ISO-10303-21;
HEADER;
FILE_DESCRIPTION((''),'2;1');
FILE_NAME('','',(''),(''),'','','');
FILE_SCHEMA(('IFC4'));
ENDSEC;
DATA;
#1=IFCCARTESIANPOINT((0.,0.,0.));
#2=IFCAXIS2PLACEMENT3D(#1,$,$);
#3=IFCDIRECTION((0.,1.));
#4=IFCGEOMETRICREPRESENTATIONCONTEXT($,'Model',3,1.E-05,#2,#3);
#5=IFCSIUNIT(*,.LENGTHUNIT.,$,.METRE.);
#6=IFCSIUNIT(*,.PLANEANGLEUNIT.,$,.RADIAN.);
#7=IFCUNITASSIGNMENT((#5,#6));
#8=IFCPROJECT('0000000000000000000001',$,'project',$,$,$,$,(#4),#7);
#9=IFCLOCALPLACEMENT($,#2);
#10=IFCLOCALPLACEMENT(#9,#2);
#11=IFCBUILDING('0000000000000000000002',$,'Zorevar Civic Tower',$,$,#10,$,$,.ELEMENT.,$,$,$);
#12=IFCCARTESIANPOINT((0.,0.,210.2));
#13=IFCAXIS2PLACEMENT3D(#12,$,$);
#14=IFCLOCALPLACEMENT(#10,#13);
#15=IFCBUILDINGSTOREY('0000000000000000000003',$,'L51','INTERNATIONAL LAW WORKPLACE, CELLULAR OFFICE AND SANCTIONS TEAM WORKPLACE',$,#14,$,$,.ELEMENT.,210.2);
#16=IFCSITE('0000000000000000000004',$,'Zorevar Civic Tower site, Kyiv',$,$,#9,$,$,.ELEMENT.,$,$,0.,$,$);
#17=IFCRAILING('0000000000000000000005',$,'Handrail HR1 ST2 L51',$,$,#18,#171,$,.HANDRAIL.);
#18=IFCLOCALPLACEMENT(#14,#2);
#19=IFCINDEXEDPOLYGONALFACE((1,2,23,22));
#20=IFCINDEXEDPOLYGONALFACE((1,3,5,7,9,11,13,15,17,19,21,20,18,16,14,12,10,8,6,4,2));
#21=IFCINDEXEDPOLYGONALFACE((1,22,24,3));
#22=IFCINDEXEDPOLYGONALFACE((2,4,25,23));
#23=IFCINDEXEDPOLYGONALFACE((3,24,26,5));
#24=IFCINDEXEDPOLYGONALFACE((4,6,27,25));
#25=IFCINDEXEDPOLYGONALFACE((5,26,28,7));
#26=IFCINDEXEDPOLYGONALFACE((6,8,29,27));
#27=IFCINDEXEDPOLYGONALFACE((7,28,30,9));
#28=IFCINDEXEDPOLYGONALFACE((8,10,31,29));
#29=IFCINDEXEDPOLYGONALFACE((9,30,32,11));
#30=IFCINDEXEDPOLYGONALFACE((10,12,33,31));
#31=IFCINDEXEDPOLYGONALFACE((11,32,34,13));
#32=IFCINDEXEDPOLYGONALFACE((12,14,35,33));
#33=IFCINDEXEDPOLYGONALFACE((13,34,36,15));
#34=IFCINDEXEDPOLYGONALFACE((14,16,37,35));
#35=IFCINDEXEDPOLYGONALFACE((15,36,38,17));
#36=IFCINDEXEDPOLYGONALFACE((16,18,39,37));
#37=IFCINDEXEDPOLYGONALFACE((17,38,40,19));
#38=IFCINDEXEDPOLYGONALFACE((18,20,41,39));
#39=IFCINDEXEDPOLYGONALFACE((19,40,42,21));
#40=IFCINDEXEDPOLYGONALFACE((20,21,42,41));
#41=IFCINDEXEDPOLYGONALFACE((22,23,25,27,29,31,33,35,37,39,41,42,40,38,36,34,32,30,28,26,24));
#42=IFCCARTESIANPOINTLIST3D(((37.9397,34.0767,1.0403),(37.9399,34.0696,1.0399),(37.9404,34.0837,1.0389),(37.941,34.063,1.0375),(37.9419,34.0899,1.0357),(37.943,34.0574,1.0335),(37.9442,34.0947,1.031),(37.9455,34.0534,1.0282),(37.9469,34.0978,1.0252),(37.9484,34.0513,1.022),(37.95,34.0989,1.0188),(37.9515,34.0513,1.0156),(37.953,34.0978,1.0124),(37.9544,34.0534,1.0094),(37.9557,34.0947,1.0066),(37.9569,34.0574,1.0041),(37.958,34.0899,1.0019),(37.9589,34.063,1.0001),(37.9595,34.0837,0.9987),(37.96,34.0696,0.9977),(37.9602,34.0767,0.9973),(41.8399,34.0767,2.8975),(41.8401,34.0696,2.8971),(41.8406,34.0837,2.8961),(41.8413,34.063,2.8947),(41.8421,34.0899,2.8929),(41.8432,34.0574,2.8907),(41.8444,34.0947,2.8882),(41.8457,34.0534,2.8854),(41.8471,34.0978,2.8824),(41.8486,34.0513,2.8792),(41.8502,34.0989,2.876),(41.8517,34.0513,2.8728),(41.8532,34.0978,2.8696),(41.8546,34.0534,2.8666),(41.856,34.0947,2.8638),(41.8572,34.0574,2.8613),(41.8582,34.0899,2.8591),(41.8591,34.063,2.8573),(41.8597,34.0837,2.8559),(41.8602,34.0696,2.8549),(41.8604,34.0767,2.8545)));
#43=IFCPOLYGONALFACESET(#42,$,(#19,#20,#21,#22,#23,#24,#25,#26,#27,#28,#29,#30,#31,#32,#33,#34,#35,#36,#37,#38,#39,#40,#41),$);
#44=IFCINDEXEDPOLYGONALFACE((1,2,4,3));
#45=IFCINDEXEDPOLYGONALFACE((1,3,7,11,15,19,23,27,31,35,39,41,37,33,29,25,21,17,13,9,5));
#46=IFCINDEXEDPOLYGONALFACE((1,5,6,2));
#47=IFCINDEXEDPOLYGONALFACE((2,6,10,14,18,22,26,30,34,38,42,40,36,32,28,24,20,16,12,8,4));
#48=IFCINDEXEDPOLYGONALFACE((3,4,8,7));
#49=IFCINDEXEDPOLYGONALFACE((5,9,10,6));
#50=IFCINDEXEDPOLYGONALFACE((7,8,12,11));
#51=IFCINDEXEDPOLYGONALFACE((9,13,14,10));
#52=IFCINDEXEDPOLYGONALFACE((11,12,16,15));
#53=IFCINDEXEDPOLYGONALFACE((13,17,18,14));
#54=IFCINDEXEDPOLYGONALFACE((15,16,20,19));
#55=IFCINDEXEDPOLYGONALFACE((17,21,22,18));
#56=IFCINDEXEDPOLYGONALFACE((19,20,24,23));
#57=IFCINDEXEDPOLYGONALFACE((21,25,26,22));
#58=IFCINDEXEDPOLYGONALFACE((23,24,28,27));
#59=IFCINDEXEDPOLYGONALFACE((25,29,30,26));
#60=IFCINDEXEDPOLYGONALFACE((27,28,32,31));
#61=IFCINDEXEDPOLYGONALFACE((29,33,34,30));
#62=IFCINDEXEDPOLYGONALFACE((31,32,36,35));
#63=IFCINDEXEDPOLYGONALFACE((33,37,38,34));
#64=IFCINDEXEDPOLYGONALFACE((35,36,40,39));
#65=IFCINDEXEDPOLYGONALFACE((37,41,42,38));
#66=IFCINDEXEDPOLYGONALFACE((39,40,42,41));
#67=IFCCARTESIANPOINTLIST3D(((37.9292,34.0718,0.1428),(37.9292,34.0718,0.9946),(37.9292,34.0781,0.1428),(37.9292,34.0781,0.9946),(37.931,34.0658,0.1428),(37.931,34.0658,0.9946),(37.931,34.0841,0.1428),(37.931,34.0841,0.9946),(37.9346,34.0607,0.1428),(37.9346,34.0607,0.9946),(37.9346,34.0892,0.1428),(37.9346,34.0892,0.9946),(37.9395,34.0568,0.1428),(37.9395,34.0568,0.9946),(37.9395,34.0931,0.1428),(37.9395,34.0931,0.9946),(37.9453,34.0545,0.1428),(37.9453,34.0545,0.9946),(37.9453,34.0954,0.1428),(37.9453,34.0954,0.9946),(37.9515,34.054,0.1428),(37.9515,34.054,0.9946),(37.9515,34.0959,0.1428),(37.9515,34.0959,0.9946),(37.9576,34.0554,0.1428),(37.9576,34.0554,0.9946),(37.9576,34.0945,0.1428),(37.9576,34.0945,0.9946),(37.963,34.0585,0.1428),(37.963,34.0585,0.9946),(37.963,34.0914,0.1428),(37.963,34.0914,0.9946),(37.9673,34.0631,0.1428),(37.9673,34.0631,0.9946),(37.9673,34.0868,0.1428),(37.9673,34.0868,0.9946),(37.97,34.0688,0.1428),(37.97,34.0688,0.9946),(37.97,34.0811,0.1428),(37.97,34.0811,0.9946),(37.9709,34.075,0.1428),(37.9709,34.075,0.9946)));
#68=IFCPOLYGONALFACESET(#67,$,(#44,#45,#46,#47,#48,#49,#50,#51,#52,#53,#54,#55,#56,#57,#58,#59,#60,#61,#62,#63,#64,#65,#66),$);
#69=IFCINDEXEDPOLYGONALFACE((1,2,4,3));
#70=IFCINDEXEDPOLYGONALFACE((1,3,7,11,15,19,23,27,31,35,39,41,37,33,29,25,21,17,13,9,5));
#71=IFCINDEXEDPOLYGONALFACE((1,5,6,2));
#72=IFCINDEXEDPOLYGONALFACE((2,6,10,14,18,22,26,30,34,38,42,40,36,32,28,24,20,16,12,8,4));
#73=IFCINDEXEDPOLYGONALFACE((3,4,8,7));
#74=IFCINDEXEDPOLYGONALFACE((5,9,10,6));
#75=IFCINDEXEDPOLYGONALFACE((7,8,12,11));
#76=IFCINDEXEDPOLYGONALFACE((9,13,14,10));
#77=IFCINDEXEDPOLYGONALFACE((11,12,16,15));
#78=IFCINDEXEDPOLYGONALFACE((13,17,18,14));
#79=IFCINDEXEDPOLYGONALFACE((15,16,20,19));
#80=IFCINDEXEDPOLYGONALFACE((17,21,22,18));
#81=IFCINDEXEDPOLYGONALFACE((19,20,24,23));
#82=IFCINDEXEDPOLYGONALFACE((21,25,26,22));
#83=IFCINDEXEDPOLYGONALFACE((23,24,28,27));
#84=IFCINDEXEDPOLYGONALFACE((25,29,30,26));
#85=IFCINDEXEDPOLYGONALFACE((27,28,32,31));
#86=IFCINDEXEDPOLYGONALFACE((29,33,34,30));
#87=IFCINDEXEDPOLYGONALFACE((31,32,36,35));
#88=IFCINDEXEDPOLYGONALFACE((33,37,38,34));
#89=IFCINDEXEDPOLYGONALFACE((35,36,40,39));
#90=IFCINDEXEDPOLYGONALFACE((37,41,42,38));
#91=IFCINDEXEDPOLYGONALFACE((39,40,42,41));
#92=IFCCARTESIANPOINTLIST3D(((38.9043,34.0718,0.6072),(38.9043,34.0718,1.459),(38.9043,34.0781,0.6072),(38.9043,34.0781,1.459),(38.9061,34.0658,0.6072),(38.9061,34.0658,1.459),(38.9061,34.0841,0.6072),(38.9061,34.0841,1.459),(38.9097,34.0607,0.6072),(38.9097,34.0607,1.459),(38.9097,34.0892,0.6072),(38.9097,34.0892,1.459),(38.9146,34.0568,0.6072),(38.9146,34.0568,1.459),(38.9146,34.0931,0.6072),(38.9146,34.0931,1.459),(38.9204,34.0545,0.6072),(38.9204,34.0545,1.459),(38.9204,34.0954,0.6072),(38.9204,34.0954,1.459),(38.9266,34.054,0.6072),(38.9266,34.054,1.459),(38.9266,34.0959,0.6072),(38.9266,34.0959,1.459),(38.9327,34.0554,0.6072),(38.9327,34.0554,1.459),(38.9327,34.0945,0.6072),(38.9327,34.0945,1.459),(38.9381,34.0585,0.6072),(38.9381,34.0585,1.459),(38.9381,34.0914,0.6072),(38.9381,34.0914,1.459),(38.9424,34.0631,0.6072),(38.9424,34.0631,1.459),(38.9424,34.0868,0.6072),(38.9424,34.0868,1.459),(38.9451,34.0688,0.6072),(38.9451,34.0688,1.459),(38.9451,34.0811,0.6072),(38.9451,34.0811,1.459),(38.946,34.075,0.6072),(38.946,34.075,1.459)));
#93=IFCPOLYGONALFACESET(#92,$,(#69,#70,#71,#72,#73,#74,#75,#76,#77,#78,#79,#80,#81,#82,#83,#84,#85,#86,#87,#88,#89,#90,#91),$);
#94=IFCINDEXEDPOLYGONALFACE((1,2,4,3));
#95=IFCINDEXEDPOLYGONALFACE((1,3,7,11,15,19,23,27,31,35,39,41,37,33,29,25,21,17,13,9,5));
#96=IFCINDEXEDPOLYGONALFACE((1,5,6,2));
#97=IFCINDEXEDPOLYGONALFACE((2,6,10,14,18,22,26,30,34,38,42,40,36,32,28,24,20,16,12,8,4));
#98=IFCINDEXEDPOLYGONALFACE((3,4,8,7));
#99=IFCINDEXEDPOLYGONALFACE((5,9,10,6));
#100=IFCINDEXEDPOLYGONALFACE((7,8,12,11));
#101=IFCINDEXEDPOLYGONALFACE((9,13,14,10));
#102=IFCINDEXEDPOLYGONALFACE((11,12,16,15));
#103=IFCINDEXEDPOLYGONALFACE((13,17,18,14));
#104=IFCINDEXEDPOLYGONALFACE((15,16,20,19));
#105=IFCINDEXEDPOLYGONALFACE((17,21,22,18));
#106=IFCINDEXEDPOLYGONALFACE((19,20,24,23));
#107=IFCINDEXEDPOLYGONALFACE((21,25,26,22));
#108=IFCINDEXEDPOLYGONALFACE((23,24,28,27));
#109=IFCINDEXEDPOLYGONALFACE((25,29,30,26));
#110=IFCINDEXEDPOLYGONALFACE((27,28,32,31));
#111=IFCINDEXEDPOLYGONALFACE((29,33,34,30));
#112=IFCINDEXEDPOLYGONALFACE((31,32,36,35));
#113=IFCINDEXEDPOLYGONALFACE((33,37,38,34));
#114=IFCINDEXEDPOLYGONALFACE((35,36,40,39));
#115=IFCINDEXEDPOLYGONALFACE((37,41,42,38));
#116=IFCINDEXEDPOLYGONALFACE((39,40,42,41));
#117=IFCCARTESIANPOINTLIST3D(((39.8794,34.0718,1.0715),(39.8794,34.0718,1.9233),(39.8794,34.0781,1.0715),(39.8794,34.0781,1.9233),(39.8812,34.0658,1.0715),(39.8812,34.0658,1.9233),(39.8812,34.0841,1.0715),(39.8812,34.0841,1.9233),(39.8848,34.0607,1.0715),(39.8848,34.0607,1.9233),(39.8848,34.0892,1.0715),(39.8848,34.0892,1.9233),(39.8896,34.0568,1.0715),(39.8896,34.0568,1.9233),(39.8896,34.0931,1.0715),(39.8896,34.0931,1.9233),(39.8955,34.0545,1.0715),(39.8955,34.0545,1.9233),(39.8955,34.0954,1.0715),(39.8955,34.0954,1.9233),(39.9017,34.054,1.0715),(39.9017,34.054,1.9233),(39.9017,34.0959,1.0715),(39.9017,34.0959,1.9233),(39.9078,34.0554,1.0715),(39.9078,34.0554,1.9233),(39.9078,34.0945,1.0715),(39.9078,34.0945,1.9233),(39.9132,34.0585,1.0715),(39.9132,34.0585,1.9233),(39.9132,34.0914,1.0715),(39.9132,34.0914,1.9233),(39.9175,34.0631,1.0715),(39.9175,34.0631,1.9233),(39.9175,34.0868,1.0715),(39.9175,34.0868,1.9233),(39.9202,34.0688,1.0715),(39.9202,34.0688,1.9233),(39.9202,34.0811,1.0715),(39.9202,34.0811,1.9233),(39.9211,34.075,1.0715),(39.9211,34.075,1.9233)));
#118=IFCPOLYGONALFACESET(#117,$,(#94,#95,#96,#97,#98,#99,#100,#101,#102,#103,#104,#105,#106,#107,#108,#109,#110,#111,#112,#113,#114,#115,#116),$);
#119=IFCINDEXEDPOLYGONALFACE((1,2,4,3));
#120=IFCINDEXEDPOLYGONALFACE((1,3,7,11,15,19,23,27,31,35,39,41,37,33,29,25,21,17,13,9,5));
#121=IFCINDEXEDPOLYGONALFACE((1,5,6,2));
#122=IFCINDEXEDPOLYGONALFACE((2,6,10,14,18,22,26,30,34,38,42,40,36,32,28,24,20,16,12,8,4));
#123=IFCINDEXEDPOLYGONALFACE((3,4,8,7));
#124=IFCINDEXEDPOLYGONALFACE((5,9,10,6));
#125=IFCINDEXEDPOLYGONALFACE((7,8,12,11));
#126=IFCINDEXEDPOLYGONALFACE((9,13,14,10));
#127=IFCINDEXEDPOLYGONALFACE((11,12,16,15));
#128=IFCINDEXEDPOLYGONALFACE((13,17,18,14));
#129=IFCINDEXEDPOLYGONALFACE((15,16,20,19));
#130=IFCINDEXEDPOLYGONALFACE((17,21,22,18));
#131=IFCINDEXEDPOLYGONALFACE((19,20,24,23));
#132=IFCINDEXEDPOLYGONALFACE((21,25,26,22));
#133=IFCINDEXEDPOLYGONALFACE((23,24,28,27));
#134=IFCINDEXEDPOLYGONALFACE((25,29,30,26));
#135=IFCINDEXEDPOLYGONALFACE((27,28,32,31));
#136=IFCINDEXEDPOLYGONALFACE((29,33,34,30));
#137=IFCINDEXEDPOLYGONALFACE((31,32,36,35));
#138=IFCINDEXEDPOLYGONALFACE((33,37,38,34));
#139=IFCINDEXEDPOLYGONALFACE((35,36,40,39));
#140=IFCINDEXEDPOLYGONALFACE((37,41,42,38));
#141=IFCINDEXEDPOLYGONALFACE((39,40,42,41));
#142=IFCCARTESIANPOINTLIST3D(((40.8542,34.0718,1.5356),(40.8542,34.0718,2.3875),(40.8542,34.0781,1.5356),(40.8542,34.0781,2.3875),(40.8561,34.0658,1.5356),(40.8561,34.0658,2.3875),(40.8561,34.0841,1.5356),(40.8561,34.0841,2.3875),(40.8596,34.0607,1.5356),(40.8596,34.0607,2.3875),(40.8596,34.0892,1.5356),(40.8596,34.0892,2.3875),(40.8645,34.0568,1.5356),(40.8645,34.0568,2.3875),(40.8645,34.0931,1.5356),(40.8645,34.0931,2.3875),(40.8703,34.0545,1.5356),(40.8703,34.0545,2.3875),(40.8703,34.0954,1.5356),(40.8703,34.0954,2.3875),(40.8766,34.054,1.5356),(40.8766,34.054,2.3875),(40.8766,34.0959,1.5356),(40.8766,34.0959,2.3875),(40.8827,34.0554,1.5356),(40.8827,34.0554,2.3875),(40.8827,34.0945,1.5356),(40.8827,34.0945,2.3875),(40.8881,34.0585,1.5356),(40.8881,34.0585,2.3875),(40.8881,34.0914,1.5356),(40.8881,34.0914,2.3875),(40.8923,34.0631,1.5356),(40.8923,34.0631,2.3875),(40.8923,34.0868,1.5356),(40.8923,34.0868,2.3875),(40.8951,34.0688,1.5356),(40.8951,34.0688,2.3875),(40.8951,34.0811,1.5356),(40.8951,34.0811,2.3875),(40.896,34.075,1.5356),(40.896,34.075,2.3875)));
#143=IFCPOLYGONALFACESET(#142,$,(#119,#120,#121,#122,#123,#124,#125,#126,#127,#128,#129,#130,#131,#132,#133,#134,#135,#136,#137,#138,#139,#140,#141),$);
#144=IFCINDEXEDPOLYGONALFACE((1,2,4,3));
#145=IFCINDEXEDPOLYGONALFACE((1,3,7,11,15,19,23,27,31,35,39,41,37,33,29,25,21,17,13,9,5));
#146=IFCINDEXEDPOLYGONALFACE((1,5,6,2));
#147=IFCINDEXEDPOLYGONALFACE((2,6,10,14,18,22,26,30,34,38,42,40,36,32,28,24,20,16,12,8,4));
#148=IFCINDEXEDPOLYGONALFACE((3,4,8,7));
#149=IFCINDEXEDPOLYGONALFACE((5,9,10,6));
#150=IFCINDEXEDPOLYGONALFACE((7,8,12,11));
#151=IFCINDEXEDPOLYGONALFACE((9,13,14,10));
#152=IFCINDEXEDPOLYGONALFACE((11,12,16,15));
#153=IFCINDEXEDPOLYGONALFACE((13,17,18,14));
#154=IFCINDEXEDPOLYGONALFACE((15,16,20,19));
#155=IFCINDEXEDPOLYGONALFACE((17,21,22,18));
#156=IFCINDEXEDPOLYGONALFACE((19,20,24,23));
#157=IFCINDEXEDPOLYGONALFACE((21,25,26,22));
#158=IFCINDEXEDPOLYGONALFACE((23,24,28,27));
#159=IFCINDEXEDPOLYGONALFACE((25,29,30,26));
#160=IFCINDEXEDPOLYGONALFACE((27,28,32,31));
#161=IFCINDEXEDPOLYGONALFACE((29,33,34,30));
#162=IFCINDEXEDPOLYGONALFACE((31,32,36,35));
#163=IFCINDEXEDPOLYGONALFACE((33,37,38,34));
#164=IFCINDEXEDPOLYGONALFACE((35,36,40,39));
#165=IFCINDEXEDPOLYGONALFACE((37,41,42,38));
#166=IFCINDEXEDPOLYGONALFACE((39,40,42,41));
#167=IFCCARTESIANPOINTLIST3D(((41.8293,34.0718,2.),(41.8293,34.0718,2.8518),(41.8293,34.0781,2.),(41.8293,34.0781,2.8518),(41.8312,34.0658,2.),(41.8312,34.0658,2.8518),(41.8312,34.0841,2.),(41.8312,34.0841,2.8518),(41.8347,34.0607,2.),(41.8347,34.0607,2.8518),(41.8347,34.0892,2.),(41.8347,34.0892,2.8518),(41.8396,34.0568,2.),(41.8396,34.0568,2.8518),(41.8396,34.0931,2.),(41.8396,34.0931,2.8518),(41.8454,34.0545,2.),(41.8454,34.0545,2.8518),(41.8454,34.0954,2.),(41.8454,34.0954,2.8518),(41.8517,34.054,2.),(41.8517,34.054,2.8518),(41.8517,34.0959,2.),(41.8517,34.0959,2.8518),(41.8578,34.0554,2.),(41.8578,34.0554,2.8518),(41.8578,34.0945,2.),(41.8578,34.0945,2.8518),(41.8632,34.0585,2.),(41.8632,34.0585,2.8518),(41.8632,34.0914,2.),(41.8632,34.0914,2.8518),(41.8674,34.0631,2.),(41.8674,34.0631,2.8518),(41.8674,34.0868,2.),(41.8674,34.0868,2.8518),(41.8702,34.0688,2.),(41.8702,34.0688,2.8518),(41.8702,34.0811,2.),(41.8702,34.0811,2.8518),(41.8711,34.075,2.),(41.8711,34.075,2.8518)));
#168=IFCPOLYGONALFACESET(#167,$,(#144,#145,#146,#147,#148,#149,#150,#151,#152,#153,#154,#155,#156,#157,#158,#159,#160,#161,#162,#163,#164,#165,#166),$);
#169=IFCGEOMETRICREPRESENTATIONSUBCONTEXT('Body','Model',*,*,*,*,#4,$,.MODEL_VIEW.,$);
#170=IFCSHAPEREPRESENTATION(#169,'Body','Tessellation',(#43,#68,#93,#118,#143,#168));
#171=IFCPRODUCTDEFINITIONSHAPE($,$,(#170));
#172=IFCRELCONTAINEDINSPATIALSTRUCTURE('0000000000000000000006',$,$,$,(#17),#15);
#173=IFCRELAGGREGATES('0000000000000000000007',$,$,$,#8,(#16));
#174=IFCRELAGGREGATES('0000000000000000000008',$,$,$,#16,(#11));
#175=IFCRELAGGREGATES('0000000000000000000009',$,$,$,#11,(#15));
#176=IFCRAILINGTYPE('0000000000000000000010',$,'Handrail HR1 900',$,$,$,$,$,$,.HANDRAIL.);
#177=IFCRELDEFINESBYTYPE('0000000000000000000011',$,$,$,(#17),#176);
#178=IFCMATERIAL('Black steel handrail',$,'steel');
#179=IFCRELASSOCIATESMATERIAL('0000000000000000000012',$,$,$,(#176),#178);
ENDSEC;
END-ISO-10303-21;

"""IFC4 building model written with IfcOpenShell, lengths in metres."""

from ifc_helpers import new_model, si_unit, direction, frame, origin, origin_2d, place, context, subcontext, project, spatial, circle, extrude, material, type_object, element, save


model = new_model("IFC4")

# Units and contexts
model_context = context("Model", 3, precision=1e-05, world=origin(), true_north=direction((0.0, 1.0)))
body_context = subcontext(model_context, "Body", "Model", "MODEL_VIEW")
ifc_project = project(units=[si_unit("LENGTHUNIT", "METRE"), si_unit("PLANEANGLEUNIT", "RADIAN")], contexts=[model_context])

# Site, building, storey
site_placement = place(None, origin())
site = spatial("IfcSite", under=ifc_project, at=site_placement, Name="Zorevar Civic Tower site, Kyiv", CompositionType="ELEMENT", RefElevation=0.0)
building_placement = place(site_placement, origin())
building = spatial("IfcBuilding", under=site, at=building_placement, Name="Zorevar Civic Tower", CompositionType="ELEMENT")
storey_placement = place(building_placement, frame((0.0, 0.0, 210.2)))
storey = spatial("IfcBuildingStorey", under=building, at=storey_placement, Name="L51", Description="INTERNATIONAL LAW WORKPLACE, CELLULAR OFFICE AND SANCTIONS TEAM WORKPLACE", CompositionType="ELEMENT", Elevation=210.2)

# Railing
ifc_material_1 = material(Name="Black steel handrail", Category="steel")
railing_type = type_object("IfcRailingType", Name="Handrail HR1 900", PredefinedType="HANDRAIL", material=ifc_material_1)
railing_placement = place(storey_placement, frame((37.95, 34.075, 0.1428)))
element("IfcRailing", 1, at=railing_placement, inside=storey, type_object=railing_type, Name="Handrail HR1 ST2 L51", PredefinedType="HANDRAIL", context=body_context, shape_type="SweptSolid", body=[
    extrude(circle(Radius=0.0239, at=origin_2d()), frame((0.0, 0.0, 0.876), z_axis=(0.902864, 0.0, 0.429927), x_axis=(0.0, 1.0, 0.0)), (0.0, 0.0, 1.0), 4.3198),
    extrude(circle(Radius=0.021, at=origin_2d()), origin(), (0.0, 0.0, 1.0), 0.8518),
    extrude(circle(Radius=0.021, at=origin_2d()), frame((0.9751, 0.0, 0.4644)), (0.0, 0.0, 1.0), 0.8518),
    extrude(circle(Radius=0.021, at=origin_2d()), frame((1.9502, 0.0, 0.9287)), (0.0, 0.0, 1.0), 0.8518),
    extrude(circle(Radius=0.021, at=origin_2d()), frame((2.925, 0.0, 1.3928)), (0.0, 0.0, 1.0), 0.8518),
    extrude(circle(Radius=0.021, at=origin_2d()), frame((3.9001, 0.0, 1.8572)), (0.0, 0.0, 1.0), 0.8518),
])

save(model, "model.ifc")
